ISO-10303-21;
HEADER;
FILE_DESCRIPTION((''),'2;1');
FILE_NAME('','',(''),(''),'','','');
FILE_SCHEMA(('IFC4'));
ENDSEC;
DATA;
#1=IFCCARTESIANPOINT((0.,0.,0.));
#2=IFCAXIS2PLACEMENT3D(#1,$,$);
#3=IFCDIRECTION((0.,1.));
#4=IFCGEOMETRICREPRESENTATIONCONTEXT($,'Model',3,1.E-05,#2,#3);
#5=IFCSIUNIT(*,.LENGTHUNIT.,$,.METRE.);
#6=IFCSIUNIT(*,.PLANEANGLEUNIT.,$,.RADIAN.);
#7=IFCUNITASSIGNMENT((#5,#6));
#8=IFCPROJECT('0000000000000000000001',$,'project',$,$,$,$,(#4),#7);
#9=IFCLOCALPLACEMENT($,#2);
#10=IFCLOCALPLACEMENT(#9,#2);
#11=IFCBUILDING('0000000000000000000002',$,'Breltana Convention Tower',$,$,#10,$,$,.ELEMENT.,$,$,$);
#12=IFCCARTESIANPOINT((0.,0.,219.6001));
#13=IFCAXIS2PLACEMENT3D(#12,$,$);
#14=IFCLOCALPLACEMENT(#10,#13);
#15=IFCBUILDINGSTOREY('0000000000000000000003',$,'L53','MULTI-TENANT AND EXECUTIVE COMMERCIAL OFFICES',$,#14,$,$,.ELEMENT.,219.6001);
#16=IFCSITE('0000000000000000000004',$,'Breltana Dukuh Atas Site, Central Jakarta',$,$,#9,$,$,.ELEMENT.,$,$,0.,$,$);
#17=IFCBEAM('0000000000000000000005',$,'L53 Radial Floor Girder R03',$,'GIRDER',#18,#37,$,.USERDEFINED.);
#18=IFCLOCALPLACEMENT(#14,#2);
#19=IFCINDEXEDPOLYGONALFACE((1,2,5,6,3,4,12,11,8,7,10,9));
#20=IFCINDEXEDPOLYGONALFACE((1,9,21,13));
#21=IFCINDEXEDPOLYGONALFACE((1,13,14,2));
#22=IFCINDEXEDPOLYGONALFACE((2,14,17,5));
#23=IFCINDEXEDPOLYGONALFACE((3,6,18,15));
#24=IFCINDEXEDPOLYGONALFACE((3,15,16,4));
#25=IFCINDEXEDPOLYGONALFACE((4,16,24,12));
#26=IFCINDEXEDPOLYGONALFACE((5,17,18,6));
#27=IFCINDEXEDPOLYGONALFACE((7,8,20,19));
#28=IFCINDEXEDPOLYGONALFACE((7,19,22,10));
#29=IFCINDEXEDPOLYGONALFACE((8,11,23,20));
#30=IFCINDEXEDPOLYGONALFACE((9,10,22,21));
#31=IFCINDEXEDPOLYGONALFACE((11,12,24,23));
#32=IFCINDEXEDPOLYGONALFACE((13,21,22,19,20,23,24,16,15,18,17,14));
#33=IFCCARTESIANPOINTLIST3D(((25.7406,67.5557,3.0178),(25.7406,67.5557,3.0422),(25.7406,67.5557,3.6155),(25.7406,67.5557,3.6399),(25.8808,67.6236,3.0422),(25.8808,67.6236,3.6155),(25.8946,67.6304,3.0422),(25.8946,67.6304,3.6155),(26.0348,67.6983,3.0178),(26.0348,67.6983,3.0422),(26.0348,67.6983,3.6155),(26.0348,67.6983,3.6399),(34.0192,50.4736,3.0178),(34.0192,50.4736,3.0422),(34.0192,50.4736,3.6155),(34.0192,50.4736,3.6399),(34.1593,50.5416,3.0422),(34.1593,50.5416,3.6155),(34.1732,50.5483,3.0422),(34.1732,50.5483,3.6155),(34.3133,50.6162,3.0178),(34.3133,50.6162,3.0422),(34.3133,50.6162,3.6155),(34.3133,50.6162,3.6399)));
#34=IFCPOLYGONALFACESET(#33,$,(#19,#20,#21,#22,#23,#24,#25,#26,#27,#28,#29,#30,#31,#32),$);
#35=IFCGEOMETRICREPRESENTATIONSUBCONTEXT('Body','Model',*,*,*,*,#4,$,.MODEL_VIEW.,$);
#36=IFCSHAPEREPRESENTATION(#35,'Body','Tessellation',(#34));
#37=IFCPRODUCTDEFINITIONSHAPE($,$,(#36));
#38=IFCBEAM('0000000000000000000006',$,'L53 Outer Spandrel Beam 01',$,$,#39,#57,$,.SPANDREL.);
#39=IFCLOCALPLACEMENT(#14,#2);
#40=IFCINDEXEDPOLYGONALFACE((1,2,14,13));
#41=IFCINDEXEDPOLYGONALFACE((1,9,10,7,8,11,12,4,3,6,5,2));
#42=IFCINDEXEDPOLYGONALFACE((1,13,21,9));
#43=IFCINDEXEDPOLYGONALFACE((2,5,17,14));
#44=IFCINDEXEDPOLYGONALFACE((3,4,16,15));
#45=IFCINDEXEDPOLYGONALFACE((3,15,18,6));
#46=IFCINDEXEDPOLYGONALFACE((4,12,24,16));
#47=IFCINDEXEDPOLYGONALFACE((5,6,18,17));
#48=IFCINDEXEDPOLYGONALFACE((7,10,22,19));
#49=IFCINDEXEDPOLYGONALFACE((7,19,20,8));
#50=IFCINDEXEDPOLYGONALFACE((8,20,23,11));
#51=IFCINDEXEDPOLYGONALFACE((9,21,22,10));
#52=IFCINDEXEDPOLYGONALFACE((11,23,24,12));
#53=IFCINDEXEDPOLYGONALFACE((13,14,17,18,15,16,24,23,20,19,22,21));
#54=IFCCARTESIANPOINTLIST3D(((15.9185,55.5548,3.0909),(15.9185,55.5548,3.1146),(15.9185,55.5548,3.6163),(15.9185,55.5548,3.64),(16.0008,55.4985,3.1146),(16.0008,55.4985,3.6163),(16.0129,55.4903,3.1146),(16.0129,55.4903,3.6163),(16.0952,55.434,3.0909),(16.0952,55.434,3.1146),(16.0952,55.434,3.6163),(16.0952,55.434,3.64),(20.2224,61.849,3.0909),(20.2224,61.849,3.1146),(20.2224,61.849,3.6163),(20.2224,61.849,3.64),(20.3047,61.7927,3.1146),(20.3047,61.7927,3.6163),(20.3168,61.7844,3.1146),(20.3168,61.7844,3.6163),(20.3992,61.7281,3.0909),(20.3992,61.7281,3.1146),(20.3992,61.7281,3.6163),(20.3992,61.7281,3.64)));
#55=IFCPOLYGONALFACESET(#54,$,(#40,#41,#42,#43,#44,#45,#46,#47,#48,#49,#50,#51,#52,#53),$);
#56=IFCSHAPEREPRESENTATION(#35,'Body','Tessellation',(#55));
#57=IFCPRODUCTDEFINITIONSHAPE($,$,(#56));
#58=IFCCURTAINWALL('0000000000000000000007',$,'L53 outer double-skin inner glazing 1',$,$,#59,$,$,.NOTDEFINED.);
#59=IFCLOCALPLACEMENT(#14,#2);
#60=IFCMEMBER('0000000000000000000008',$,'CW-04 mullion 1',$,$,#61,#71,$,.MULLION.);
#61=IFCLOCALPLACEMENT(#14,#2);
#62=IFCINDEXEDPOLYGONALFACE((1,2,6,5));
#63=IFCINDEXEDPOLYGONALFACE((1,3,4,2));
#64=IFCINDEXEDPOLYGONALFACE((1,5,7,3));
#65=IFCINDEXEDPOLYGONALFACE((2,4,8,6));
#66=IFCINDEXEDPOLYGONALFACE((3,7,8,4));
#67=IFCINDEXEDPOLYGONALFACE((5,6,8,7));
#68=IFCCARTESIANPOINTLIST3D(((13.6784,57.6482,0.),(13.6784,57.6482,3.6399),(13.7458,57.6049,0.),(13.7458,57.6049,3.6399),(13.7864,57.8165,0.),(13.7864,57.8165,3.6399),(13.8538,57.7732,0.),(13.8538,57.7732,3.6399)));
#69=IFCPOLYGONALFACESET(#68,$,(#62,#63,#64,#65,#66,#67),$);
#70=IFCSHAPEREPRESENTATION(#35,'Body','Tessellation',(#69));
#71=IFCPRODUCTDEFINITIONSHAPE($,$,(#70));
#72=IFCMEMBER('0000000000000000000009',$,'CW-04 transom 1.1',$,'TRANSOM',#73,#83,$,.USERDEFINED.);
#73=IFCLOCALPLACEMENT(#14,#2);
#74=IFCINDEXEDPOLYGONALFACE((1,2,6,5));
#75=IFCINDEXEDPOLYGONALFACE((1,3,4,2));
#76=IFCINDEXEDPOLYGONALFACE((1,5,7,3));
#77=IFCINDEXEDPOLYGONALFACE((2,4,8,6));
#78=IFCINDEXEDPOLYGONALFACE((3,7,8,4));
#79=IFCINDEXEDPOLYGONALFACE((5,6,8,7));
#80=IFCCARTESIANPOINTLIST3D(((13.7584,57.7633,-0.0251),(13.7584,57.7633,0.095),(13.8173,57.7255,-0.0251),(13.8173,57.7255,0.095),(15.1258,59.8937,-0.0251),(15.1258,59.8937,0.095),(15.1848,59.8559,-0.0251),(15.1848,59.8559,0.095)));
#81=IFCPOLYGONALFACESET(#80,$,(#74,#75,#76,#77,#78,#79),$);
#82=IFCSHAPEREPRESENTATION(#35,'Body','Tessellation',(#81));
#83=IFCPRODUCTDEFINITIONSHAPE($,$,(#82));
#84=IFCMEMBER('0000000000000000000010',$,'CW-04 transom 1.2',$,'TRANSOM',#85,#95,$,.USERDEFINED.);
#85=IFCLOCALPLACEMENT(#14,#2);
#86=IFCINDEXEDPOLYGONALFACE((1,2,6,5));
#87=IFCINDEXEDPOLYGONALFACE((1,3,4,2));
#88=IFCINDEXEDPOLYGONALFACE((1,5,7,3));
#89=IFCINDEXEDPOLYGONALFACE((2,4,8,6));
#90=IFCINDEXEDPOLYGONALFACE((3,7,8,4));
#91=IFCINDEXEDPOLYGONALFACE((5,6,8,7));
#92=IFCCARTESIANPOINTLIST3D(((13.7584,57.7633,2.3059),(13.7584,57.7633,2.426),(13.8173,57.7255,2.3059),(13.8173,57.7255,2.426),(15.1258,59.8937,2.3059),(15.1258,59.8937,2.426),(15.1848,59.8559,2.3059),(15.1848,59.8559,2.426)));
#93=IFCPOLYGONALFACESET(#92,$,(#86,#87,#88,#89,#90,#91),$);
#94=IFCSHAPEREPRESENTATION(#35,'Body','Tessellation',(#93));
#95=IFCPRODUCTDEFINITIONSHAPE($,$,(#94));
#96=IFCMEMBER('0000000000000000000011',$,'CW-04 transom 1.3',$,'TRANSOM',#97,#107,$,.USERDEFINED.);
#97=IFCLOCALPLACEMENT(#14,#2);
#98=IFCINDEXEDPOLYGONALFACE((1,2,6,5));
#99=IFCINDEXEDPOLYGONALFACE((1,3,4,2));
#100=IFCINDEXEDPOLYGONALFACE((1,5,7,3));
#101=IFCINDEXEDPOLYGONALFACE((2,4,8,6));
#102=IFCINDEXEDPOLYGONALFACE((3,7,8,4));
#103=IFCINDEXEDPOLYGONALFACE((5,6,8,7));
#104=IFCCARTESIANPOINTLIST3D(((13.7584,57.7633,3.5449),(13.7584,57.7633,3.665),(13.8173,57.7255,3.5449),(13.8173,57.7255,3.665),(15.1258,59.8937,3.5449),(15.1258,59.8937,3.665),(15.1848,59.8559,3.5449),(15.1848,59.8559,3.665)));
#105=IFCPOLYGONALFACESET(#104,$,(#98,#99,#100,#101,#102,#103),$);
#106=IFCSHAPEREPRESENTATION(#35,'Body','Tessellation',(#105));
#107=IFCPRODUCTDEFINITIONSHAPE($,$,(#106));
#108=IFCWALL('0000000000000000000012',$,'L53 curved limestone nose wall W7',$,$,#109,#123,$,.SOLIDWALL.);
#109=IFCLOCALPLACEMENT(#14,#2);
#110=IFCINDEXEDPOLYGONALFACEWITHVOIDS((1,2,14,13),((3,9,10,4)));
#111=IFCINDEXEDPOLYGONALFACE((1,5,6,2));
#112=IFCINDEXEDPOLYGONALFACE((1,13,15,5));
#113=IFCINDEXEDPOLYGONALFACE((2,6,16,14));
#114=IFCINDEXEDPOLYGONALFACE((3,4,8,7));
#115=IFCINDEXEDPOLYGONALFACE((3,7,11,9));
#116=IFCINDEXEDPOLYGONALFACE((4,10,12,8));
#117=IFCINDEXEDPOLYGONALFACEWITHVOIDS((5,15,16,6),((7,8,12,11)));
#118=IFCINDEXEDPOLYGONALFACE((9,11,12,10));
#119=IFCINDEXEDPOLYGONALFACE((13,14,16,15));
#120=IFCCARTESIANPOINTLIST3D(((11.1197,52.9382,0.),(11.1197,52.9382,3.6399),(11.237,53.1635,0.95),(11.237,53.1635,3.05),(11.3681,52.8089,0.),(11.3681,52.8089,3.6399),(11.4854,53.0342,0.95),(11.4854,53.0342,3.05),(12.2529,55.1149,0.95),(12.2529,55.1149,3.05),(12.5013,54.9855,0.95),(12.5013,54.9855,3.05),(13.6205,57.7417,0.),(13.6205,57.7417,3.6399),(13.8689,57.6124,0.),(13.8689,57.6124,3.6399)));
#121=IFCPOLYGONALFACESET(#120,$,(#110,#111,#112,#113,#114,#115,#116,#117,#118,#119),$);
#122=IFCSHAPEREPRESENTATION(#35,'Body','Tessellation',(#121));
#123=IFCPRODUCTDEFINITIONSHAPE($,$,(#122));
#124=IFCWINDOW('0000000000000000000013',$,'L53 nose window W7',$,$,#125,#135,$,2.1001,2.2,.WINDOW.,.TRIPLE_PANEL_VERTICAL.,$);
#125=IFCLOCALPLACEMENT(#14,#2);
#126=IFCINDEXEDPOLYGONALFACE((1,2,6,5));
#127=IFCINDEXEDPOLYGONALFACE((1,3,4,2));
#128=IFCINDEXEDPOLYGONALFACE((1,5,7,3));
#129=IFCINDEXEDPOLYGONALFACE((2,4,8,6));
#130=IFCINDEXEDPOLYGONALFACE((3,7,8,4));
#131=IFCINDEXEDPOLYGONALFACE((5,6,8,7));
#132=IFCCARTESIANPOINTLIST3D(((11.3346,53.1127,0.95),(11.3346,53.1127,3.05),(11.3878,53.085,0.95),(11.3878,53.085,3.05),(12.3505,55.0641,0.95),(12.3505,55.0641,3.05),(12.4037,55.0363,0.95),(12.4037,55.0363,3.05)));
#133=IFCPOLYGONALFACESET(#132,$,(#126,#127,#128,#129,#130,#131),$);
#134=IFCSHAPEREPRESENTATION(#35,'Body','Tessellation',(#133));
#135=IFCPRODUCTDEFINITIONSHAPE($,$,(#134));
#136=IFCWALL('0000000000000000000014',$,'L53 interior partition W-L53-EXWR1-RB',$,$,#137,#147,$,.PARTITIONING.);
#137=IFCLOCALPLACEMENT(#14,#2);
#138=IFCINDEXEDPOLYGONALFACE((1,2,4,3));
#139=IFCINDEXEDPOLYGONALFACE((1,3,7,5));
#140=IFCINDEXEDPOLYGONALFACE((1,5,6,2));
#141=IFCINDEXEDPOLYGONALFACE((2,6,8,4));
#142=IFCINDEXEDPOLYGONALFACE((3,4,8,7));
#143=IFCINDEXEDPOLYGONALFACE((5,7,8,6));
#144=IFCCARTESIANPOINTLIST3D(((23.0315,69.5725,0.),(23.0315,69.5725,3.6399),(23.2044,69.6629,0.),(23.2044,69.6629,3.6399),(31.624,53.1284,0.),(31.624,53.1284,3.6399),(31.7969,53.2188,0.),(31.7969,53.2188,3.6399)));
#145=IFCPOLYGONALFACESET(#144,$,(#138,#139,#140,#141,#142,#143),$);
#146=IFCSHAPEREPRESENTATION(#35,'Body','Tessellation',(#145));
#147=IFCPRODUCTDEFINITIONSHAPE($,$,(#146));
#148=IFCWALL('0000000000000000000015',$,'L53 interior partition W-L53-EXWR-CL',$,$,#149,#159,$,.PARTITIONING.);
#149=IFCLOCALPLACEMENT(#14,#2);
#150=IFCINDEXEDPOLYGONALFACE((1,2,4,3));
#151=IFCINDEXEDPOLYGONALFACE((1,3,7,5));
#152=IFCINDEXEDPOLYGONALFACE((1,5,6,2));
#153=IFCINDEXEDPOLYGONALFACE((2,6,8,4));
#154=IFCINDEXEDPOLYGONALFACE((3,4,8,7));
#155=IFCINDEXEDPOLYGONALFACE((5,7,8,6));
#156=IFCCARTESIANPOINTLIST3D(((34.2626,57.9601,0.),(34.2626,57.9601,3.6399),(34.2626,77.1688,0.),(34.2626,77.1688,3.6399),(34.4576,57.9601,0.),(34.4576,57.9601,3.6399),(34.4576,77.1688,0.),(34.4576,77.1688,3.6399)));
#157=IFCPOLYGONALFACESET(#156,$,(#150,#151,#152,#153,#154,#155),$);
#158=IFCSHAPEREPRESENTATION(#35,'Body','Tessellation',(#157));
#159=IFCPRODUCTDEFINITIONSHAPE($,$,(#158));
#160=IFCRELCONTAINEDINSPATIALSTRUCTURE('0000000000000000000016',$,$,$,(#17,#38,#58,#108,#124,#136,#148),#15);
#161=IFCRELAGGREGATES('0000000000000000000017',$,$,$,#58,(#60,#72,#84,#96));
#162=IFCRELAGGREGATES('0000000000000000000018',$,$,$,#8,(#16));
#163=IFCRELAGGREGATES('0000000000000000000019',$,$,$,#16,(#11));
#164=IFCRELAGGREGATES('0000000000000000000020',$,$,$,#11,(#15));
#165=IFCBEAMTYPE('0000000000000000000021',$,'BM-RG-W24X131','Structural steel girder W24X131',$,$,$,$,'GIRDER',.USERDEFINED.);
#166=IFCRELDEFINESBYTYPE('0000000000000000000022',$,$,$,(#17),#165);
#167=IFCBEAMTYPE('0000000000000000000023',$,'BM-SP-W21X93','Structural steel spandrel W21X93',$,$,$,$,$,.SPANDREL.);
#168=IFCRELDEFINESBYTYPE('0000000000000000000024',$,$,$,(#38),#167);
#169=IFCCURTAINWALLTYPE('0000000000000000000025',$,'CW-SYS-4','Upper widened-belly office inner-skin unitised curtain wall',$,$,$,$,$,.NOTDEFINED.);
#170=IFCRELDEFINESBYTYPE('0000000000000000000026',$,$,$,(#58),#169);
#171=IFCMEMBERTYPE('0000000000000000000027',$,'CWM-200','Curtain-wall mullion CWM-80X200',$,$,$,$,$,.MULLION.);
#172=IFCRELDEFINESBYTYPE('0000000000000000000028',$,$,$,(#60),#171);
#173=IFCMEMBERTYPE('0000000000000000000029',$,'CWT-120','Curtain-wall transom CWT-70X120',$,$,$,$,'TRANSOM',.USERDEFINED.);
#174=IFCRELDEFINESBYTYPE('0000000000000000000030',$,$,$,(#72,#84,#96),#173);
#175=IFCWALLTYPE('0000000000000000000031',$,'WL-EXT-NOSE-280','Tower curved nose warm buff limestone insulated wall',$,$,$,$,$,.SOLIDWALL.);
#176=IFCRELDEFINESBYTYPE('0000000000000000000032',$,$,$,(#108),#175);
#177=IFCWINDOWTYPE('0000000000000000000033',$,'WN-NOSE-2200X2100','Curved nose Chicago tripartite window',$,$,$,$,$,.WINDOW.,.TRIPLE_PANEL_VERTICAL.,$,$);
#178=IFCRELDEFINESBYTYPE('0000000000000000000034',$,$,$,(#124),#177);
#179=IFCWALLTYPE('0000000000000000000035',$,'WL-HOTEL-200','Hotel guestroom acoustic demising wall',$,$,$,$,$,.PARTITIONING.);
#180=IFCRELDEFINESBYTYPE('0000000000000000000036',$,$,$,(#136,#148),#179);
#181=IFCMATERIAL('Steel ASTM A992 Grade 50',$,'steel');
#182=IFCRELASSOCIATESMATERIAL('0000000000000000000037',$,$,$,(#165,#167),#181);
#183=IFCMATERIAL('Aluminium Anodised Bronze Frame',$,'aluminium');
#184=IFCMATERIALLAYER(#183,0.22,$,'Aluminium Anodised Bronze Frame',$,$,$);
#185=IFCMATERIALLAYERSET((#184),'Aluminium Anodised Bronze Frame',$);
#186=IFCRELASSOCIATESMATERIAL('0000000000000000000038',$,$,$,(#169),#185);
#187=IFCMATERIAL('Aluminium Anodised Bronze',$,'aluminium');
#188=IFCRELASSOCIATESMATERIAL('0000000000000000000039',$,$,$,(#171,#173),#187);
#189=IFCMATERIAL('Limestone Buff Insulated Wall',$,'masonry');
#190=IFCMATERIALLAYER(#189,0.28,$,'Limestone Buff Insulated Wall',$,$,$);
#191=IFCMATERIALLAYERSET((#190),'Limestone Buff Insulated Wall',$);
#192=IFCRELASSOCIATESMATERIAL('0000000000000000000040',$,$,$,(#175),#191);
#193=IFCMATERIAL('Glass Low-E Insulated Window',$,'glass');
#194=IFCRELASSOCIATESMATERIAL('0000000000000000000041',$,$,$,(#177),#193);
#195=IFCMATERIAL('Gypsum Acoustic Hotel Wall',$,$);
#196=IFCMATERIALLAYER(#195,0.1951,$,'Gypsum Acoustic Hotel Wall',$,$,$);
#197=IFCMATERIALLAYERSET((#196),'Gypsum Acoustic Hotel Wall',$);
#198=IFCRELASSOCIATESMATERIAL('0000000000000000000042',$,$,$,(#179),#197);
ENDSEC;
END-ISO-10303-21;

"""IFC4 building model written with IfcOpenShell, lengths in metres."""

from ifc_helpers import new_model, si_unit, direction, frame, frame_2d, origin, origin_2d, place, context, subcontext, project, spatial, rectangle, i_section, extrude, source, transform, mapped, material, layer, layer_set, material_profile, profile_set, type_object, type_shapes, element, fill, aggregate, save


model = new_model("IFC4")

# Units and contexts
model_context = context("Model", 3, precision=1e-05, world=origin(), true_north=direction((0.0, 1.0)))
body_context = subcontext(model_context, "Body", "Model", "MODEL_VIEW")
ifc_project = project(units=[si_unit("LENGTHUNIT", "METRE"), si_unit("PLANEANGLEUNIT", "RADIAN")], contexts=[model_context])

# Site, building, storey
site_placement = place(None, origin())
site = spatial("IfcSite", under=ifc_project, at=site_placement, Name="Breltana Dukuh Atas Site, Central Jakarta", CompositionType="ELEMENT", RefElevation=0.0)
building_placement = place(site_placement, origin())
building = spatial("IfcBuilding", under=site, at=building_placement, Name="Breltana Convention Tower", CompositionType="ELEMENT")
storey_placement = place(building_placement, frame((0.0, 0.0, 219.6001)))
storey = spatial("IfcBuildingStorey", under=building, at=storey_placement, Name="L53", Description="MULTI-TENANT AND EXECUTIVE COMMERCIAL OFFICES", CompositionType="ELEMENT", Elevation=219.6001)

# Shared definitions
ifc_material_1 = material(Name="Steel ASTM A992 Grade 50", Category="steel")

# Beams
ifc_material_profile_1 = material_profile(ifc_material_1, i_section(OverallWidth=0.3269, OverallDepth=0.6221, WebThickness=0.0154, FlangeThickness=0.0244, at=origin_2d()), Name="W24X131")
ifc_profile_set_1 = profile_set([ifc_material_profile_1], Name="Steel ASTM A992 Grade 50")
beam_type_1 = type_object("IfcBeamType", Name="BM-RG-W24X131", Description="Structural steel girder W24X131", ElementType="GIRDER", PredefinedType="USERDEFINED", material=ifc_profile_set_1)
shared_shape_1 = source(origin(), body_context, "Body", "SweptSolid", [
    extrude(i_section(OverallWidth=0.3269, OverallDepth=0.6221, WebThickness=0.0154, FlangeThickness=0.0244, at=origin_2d()), origin(), (0.0, 0.0, 1.0), 18.9824),
])
beam_1_placement = place(storey_placement, frame((34.1663, 50.5449, 3.3289), z_axis=(-0.436119, 0.899889, 0.0), x_axis=(-0.899889, -0.436119, 0.0)))
element("IfcBeam", 1, at=beam_1_placement, inside=storey, type_object=beam_type_1, Name="L53 Radial Floor Girder R03", ObjectType="GIRDER", PredefinedType="USERDEFINED", context=body_context, shape_type="MappedRepresentation", body=[
    mapped(shared_shape_1, transform((0.0, 0.0, 0.0), scale=1.0)),
])
ifc_material_profile_2 = material_profile(ifc_material_1, i_section(OverallWidth=0.2141, OverallDepth=0.5491, WebThickness=0.0146, FlangeThickness=0.0237, at=origin_2d()), Name="W21X93")
ifc_profile_set_2 = profile_set([ifc_material_profile_2], Name="Steel ASTM A992 Grade 50")
beam_type_2 = type_object("IfcBeamType", Name="BM-SP-W21X93", Description="Structural steel spandrel W21X93", PredefinedType="SPANDREL", material=ifc_profile_set_2)
shared_shape_2 = source(origin(), body_context, "Body", "SweptSolid", [
    extrude(i_section(OverallWidth=0.2141, OverallDepth=0.5491, WebThickness=0.0146, FlangeThickness=0.0237, at=origin_2d()), origin(), (0.0, 0.0, 1.0), 7.625),
])
type_shapes(beam_type_2, [shared_shape_2])
beam_2_placement = place(storey_placement, frame((16.0068, 55.4944, 3.3655), z_axis=(0.564452, 0.825466, 0.0), x_axis=(-0.825466, 0.564452, 0.0)))
element("IfcBeam", 2, at=beam_2_placement, inside=storey, type_object=beam_type_2, Name="L53 Outer Spandrel Beam 01", PredefinedType="SPANDREL", context=body_context, shape_type="MappedRepresentation", body=[
    mapped(shared_shape_2, transform((0.0, 0.0, 0.0), scale=1.0)),
])

# Curtain wall, members
ifc_material_2 = material(Name="Aluminium Anodised Bronze Frame", Category="aluminium")
ifc_layer_1 = layer(ifc_material_2, 0.22, Name="Aluminium Anodised Bronze Frame")
ifc_layer_set_1 = layer_set([ifc_layer_1], Name="Aluminium Anodised Bronze Frame")
curtain_wall_type = type_object("IfcCurtainWallType", Name="CW-SYS-4", Description="Upper widened-belly office inner-skin unitised curtain wall", PredefinedType="NOTDEFINED", material=ifc_layer_set_1)
curtain_wall_placement = place(storey_placement, origin())
curtain_wall = element("IfcCurtainWall", 3, at=curtain_wall_placement, inside=storey, type_object=curtain_wall_type, Name="L53 outer double-skin inner glazing 1", PredefinedType="NOTDEFINED")
ifc_material_3 = material(Name="Aluminium Anodised Bronze", Category="aluminium")
ifc_material_profile_3 = material_profile(ifc_material_3, rectangle(XDim=0.0801, YDim=0.2, at=origin_2d()), Name="CWM-80X200")
ifc_profile_set_3 = profile_set([ifc_material_profile_3], Name="Aluminium Anodised Bronze")
member_type_1 = type_object("IfcMemberType", Name="CWM-200", Description="Curtain-wall mullion CWM-80X200", PredefinedType="MULLION", material=ifc_profile_set_3)
shared_shape_3 = source(origin(), body_context, "Body", "SweptSolid", [
    extrude(rectangle(XDim=0.0801, YDim=0.2, at=origin_2d()), origin(), (0.0, 0.0, 1.0), 3.6399),
])
member_1_placement = place(storey_placement, frame((13.7661, 57.7107, 0.0), z_axis=(0.0, 0.0, 1.0), x_axis=(-0.841548, 0.540182, 0.0)))
member_1 = element("IfcMember", 4, at=member_1_placement, type_object=member_type_1, Name="CW-04 mullion 1", PredefinedType="MULLION", context=body_context, shape_type="MappedRepresentation", body=[
    mapped(shared_shape_3, transform((0.0, 0.0, 0.0), scale=1.0)),
])
ifc_material_profile_4 = material_profile(ifc_material_3, rectangle(XDim=0.0701, YDim=0.1201, at=origin_2d()), Name="CWT-70X120")
ifc_profile_set_4 = profile_set([ifc_material_profile_4], Name="Aluminium Anodised Bronze")
member_type_2 = type_object("IfcMemberType", Name="CWT-120", Description="Curtain-wall transom CWT-70X120", ElementType="TRANSOM", PredefinedType="USERDEFINED", material=ifc_profile_set_4)
shared_shape_4 = source(origin(), body_context, "Body", "SweptSolid", [
    extrude(rectangle(XDim=0.0701, YDim=0.1201, at=origin_2d()), origin(), (0.0, 0.0, 1.0), 2.5315),
])
member_2_placement = place(storey_placement, frame((13.7878, 57.7444, 0.0349), z_axis=(0.540173, 0.841554, 0.0), x_axis=(-0.841554, 0.540173, 0.0)))
member_2 = element("IfcMember", 5, at=member_2_placement, type_object=member_type_2, Name="CW-04 transom 1.1", ObjectType="TRANSOM", PredefinedType="USERDEFINED", context=body_context, shape_type="MappedRepresentation", body=[
    mapped(shared_shape_4, transform((0.0, 0.0, 0.0), scale=1.0)),
])
member_3_placement = place(storey_placement, frame((13.7878, 57.7444, 2.366), z_axis=(0.540173, 0.841554, 0.0), x_axis=(-0.841554, 0.540173, 0.0)))
member_3 = element("IfcMember", 6, at=member_3_placement, type_object=member_type_2, Name="CW-04 transom 1.2", ObjectType="TRANSOM", PredefinedType="USERDEFINED", context=body_context, shape_type="MappedRepresentation", body=[
    mapped(shared_shape_4, transform((0.0, 0.0, 0.0), scale=1.0)),
])
member_4_placement = place(storey_placement, frame((13.7878, 57.7444, 3.605), z_axis=(0.540173, 0.841554, 0.0), x_axis=(-0.841554, 0.540173, 0.0)))
member_4 = element("IfcMember", 7, at=member_4_placement, type_object=member_type_2, Name="CW-04 transom 1.3", ObjectType="TRANSOM", PredefinedType="USERDEFINED", context=body_context, shape_type="MappedRepresentation", body=[
    mapped(shared_shape_4, transform((0.0, 0.0, 0.0), scale=1.0)),
])
aggregate(curtain_wall, [member_1, member_2, member_3, member_4])

# Wall, opening, window
ifc_material_4 = material(Name="Limestone Buff Insulated Wall", Category="masonry")
ifc_layer_2 = layer(ifc_material_4, 0.28, Name="Limestone Buff Insulated Wall")
ifc_layer_set_2 = layer_set([ifc_layer_2], Name="Limestone Buff Insulated Wall")
wall_type_1 = type_object("IfcWallType", Name="WL-EXT-NOSE-280", Description="Tower curved nose warm buff limestone insulated wall", PredefinedType="SOLIDWALL", material=ifc_layer_set_2)
shared_shape_5 = source(origin(), body_context, "Body", "SweptSolid", [
    extrude(rectangle(XDim=5.4155, YDim=0.28, at=frame_2d((2.7078, 0.0))), origin(), (0.0, 0.0, 1.0), 3.6399),
])
wall_1_placement = place(storey_placement, frame((11.2439, 52.8735, 0.0), z_axis=(0.0, 0.0, 1.0), x_axis=(0.461779, 0.886995, 0.0)))
wall_1 = element("IfcWall", 8, at=wall_1_placement, inside=storey, type_object=wall_type_1, Name="L53 curved limestone nose wall W7", PredefinedType="SOLIDWALL", context=body_context, shape_type="MappedRepresentation", body=[
    mapped(shared_shape_5, transform((0.0, 0.0, 0.0), scale=1.0)),
])
opening_1_placement = place(wall_1_placement, frame((0.2539, 0.0, 0.95)))
opening_1 = element("IfcOpeningElement", 9, at=opening_1_placement, cuts=wall_1, PredefinedType="OPENING", context=body_context, shape_type="SweptSolid", body=[
    extrude(rectangle(XDim=2.2, YDim=2.1001, at=frame_2d((1.1001, 1.05))), frame((0.0, 0.1499, 0.0), z_axis=(0.0, -1.0, 0.0), x_axis=(1.0, 0.0, 0.0)), (0.0, 0.0, 1.0), 0.3),
])
ifc_material_5 = material(Name="Glass Low-E Insulated Window", Category="glass")
window_type = type_object("IfcWindowType", Name="WN-NOSE-2200X2100", Description="Curved nose Chicago tripartite window", PartitioningType="TRIPLE_PANEL_VERTICAL", PredefinedType="WINDOW", material=ifc_material_5)
shared_shape_6 = source(origin(), body_context, "Body", "SweptSolid", [
    extrude(rectangle(XDim=2.2, YDim=2.1001, at=frame_2d((1.1001, 1.05))), frame((0.0, 0.03, 0.0), z_axis=(0.0, -1.0, 0.0), x_axis=(1.0, 0.0, 0.0)), (0.0, 0.0, 1.0), 0.0601),
])
type_shapes(window_type, [shared_shape_6])
window_placement = place(opening_1_placement, origin())
window = element("IfcWindow", 10, at=window_placement, inside=storey, type_object=window_type, Name="L53 nose window W7", OverallHeight=2.1001, OverallWidth=2.2, PartitioningType="TRIPLE_PANEL_VERTICAL", PredefinedType="WINDOW", context=body_context, shape_type="MappedRepresentation", body=[
    mapped(shared_shape_6, transform((0.0, 0.0, 0.0), scale=1.0)),
])
fill(opening_1, window)

# Wall
ifc_material_6 = material(Name="Gypsum Acoustic Hotel Wall")
ifc_layer_3 = layer(ifc_material_6, 0.1951, Name="Gypsum Acoustic Hotel Wall")
ifc_layer_set_3 = layer_set([ifc_layer_3], Name="Gypsum Acoustic Hotel Wall")
wall_type_2 = type_object("IfcWallType", Name="WL-HOTEL-200", Description="Hotel guestroom acoustic demising wall", PredefinedType="PARTITIONING", material=ifc_layer_set_3)
shared_shape_7 = source(origin(), body_context, "Body", "SweptSolid", [
    extrude(rectangle(XDim=18.5537, YDim=0.1951, at=frame_2d((9.2769, 0.0))), origin(), (0.0, 0.0, 1.0), 3.6399),
])
wall_2_placement = place(storey_placement, frame((31.7104, 53.1736, 0.0), z_axis=(0.0, 0.0, 1.0), x_axis=(-0.463117, 0.886297, 0.0)))
element("IfcWall", 11, at=wall_2_placement, inside=storey, type_object=wall_type_2, Name="L53 interior partition W-L53-EXWR1-RB", PredefinedType="PARTITIONING", context=body_context, shape_type="MappedRepresentation", body=[
    mapped(shared_shape_7, transform((0.0, 0.0, 0.0), scale=1.0)),
])

# Wall
shared_shape_8 = source(origin(), body_context, "Body", "SweptSolid", [
    extrude(rectangle(XDim=19.2087, YDim=0.1951, at=frame_2d((9.6045, 0.0))), origin(), (0.0, 0.0, 1.0), 3.6399),
])
wall_3_placement = place(storey_placement, frame((34.3601, 57.96, 0.0), z_axis=(0.0, 0.0, 1.0), x_axis=(0.0, 1.0, 0.0)))
element("IfcWall", 12, at=wall_3_placement, inside=storey, type_object=wall_type_2, Name="L53 interior partition W-L53-EXWR-CL", PredefinedType="PARTITIONING", context=body_context, shape_type="MappedRepresentation", body=[
    mapped(shared_shape_8, transform((0.0, 0.0, 0.0), scale=1.0)),
])

save(model, "model.ifc")
